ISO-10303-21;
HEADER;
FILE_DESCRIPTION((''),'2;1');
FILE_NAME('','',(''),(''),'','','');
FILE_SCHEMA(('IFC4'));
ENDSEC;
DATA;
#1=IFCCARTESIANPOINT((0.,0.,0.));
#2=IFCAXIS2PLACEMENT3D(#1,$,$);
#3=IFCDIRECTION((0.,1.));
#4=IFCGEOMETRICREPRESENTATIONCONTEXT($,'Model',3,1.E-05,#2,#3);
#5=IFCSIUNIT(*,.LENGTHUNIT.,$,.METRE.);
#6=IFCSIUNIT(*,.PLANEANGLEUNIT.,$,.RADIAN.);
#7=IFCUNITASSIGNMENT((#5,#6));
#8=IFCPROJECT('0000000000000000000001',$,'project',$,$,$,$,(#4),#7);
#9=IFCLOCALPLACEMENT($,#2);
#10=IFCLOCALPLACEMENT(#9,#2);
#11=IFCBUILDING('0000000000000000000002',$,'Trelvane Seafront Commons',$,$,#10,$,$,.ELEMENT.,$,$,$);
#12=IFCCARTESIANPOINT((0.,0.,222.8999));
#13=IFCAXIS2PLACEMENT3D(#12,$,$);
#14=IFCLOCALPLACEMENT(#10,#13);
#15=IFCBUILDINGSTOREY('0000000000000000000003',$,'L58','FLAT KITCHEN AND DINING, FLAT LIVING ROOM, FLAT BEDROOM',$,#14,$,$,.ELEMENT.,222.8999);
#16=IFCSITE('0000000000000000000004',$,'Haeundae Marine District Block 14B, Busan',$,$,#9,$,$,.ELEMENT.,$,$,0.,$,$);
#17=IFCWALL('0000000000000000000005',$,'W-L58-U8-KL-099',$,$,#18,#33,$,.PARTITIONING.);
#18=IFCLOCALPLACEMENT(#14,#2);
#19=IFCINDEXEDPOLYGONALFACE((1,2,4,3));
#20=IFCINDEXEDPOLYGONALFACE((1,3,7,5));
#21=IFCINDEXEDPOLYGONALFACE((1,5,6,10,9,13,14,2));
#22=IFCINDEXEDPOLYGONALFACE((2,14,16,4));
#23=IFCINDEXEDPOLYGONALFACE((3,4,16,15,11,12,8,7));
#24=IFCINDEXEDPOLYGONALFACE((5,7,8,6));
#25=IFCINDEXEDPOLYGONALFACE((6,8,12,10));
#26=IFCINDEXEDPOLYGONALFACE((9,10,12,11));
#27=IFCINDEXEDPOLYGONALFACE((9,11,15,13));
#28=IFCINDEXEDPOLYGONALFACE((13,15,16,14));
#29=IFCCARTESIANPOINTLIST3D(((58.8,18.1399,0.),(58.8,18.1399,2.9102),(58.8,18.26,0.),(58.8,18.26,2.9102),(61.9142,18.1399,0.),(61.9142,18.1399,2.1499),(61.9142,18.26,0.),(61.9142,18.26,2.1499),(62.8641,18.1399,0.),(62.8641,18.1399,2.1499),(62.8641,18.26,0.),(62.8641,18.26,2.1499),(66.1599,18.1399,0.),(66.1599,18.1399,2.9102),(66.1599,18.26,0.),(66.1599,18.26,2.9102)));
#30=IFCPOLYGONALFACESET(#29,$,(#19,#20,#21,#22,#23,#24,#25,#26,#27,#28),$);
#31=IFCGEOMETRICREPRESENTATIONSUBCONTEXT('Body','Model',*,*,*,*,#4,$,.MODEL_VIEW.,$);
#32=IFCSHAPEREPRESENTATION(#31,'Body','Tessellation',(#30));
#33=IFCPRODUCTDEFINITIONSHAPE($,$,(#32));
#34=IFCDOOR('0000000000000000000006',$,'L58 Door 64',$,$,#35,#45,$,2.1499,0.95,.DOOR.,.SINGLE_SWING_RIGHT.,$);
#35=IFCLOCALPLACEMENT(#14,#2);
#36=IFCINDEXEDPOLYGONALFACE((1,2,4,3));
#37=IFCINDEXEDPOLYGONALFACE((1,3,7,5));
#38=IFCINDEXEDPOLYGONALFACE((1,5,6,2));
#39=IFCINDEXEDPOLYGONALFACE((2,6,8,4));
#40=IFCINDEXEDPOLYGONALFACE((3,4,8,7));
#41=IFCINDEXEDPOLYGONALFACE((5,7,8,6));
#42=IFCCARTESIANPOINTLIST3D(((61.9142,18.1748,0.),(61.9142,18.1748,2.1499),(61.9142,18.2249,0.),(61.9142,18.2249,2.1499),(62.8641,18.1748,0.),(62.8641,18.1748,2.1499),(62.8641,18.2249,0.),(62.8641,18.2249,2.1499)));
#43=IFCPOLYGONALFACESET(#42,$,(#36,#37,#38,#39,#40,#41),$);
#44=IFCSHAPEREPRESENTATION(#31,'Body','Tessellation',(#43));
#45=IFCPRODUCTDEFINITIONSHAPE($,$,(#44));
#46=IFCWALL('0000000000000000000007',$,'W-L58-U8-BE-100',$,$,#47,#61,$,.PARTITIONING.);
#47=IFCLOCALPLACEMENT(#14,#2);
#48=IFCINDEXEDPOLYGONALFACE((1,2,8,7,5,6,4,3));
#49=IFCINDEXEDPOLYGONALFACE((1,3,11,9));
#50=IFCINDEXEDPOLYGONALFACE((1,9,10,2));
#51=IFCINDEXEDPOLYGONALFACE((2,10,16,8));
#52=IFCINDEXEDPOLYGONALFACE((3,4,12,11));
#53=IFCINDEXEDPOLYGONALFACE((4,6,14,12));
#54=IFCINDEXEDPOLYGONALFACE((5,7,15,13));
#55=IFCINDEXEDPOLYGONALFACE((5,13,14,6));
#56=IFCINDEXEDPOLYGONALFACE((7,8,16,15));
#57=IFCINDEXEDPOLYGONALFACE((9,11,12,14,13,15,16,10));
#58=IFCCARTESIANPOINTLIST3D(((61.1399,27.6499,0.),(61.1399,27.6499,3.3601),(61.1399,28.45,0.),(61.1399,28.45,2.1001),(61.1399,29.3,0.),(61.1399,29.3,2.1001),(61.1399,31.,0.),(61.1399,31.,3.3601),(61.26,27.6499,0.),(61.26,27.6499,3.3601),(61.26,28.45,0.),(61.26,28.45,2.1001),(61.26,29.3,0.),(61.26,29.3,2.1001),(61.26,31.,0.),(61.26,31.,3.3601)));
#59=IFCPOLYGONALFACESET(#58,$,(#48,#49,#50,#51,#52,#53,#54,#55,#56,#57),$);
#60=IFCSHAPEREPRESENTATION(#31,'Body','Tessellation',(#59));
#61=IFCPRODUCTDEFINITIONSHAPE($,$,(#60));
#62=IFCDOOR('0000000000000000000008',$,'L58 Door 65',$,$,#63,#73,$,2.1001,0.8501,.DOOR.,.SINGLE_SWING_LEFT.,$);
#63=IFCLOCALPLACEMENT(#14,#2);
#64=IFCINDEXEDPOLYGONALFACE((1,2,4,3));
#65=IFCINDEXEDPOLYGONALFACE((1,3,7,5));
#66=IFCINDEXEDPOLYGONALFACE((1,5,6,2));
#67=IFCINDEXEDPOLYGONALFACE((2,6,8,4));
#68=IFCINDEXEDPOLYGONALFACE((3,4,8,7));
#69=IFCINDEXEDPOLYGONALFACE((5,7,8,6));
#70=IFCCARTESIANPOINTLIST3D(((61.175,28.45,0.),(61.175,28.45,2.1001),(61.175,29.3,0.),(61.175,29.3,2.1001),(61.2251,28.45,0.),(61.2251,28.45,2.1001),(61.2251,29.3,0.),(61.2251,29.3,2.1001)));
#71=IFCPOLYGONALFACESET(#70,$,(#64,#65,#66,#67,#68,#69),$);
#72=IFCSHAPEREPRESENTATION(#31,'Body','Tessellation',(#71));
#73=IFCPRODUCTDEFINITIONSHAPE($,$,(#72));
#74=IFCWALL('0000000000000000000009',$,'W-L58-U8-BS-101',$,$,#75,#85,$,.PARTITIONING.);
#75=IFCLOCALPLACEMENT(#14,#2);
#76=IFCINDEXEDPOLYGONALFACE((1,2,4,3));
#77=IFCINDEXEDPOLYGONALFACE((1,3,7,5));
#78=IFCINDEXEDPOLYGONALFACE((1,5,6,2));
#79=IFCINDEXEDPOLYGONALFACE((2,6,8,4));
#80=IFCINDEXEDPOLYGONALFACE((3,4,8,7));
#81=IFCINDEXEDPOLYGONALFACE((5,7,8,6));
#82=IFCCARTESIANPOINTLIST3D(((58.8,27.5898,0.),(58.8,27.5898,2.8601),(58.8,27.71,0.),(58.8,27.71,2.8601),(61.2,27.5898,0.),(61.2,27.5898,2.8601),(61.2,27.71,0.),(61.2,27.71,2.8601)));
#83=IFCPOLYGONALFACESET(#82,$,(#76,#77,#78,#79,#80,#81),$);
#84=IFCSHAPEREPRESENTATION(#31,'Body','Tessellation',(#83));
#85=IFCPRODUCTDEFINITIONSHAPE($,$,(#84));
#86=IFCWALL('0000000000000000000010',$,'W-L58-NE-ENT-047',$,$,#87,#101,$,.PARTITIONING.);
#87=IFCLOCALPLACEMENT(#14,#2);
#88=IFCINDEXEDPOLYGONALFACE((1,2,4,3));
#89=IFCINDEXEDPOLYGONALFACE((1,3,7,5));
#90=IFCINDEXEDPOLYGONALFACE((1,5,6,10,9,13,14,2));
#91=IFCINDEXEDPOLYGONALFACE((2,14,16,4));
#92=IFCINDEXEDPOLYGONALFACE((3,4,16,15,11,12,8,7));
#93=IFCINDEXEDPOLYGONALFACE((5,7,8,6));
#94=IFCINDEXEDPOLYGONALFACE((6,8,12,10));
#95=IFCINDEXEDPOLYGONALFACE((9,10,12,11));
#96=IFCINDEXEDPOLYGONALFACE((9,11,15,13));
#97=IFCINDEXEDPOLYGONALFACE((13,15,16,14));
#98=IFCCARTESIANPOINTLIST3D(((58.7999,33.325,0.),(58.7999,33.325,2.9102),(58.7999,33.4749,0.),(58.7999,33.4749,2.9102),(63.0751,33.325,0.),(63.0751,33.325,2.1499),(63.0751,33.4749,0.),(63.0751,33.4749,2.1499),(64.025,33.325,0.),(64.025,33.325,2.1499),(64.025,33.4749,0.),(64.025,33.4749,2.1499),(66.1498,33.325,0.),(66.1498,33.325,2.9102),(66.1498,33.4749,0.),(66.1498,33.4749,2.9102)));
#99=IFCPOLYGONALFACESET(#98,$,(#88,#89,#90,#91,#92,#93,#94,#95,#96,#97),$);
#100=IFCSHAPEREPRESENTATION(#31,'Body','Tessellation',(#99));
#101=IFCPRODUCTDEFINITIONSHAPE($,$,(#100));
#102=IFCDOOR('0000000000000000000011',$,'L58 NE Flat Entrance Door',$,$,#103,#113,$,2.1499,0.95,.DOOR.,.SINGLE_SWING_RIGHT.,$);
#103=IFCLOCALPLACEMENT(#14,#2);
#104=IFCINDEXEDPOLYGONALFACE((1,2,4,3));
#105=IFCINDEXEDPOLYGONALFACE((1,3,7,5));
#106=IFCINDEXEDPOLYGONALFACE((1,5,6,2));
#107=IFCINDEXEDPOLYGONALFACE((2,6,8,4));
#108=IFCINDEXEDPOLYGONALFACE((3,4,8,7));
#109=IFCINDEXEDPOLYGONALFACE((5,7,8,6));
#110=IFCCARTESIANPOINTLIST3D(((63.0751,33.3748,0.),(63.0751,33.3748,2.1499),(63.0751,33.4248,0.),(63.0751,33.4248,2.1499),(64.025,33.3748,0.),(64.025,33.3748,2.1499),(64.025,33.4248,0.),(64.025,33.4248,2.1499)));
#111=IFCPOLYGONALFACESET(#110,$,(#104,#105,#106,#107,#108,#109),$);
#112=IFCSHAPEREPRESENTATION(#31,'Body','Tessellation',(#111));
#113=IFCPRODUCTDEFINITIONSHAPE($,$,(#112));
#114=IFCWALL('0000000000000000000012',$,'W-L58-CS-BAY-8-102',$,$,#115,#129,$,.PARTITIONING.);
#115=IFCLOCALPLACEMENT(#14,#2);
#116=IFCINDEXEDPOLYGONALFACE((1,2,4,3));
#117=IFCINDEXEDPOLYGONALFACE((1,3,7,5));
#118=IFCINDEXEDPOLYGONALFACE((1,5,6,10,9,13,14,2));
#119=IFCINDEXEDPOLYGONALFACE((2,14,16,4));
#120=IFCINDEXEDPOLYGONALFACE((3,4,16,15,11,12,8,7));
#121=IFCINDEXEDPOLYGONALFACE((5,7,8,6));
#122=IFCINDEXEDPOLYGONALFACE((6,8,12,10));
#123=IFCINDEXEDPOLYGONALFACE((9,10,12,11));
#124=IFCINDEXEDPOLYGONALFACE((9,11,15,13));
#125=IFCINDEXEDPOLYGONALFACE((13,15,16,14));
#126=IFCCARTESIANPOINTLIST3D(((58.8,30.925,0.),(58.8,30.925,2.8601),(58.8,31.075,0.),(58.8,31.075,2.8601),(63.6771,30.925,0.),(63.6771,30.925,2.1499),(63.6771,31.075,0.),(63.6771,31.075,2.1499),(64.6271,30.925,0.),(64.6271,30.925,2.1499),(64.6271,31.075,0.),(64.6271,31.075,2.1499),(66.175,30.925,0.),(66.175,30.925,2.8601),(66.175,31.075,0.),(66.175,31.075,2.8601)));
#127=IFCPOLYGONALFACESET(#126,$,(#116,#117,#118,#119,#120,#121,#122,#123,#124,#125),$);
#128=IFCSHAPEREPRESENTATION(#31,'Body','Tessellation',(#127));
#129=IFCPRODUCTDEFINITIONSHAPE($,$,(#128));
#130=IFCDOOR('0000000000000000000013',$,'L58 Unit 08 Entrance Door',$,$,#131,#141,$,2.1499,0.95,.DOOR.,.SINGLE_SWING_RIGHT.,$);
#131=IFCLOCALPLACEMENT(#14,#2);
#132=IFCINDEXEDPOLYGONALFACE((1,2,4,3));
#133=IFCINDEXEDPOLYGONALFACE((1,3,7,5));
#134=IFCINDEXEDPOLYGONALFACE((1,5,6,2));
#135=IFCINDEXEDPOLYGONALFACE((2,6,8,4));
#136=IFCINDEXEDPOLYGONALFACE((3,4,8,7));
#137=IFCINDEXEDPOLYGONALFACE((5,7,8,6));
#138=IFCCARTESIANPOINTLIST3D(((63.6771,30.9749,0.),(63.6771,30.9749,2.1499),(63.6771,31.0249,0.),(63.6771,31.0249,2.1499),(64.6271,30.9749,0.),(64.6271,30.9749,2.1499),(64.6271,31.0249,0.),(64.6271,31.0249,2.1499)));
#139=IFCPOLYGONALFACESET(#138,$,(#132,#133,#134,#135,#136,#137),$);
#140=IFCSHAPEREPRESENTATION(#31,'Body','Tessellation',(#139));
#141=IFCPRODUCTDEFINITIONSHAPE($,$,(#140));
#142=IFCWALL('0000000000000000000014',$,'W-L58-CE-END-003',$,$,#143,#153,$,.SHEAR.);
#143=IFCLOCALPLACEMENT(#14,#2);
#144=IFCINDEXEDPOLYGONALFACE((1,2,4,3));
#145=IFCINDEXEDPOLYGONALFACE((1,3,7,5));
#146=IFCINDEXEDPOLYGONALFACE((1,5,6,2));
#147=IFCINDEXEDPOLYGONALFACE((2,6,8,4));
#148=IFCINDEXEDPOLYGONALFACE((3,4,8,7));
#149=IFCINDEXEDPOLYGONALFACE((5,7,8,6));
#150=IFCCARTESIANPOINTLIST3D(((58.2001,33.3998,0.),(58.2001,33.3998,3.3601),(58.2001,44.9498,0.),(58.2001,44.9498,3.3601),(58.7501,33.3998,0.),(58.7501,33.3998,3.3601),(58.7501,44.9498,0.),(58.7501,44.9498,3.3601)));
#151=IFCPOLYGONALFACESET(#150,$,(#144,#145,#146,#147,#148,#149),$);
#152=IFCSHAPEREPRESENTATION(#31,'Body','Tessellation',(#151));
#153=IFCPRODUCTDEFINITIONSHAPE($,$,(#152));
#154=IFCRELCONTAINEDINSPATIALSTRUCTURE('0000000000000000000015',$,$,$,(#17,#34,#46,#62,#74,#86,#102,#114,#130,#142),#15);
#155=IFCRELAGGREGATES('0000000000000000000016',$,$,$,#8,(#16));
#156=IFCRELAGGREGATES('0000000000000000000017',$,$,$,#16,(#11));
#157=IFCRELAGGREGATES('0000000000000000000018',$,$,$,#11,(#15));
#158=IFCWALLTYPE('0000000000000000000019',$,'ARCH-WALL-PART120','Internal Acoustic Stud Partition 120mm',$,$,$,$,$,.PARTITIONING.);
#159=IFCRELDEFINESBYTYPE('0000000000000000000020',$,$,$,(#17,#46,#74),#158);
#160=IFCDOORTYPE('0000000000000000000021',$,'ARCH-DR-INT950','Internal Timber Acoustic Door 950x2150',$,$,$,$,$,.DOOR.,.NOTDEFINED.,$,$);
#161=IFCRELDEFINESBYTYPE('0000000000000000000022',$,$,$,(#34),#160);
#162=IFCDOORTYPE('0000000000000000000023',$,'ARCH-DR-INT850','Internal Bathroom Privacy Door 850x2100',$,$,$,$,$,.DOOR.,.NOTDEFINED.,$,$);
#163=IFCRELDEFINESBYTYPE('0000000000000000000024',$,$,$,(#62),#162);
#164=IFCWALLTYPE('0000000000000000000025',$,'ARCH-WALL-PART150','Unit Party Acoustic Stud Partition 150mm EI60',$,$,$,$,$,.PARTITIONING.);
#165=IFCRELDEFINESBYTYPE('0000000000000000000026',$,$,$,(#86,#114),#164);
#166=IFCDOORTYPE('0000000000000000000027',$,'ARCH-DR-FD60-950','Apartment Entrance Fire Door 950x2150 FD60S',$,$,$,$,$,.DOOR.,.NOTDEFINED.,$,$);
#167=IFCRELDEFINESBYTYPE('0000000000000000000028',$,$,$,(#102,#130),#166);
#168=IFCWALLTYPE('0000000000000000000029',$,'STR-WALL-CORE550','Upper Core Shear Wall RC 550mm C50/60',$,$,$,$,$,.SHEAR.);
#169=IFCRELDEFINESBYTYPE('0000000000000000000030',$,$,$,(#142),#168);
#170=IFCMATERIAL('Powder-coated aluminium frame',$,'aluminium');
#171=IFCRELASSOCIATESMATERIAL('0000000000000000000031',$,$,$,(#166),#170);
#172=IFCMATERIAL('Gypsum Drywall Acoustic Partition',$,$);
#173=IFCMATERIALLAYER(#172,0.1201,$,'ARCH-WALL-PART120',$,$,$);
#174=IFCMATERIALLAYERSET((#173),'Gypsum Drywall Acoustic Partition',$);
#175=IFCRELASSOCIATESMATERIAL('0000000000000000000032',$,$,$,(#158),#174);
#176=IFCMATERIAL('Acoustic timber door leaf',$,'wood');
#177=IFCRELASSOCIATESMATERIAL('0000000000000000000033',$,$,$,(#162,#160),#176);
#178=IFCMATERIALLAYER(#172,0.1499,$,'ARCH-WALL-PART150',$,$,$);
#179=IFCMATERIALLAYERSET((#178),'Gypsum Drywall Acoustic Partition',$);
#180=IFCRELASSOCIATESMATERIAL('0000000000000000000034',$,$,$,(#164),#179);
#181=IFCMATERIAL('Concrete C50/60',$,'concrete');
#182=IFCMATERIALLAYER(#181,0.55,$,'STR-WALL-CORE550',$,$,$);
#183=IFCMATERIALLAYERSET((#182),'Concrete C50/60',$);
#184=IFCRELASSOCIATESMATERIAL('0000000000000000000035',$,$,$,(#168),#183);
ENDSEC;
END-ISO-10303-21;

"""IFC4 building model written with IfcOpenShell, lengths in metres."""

from ifc_helpers import new_model, si_unit, direction, frame, frame_2d, origin, place, context, subcontext, project, spatial, rectangle, extrude, source, transform, mapped, material, layer, layer_set, type_object, element, fill, save


model = new_model("IFC4")

# Units and contexts
model_context = context("Model", 3, precision=1e-05, world=origin(), true_north=direction((0.0, 1.0)))
body_context = subcontext(model_context, "Body", "Model", "MODEL_VIEW")
ifc_project = project(units=[si_unit("LENGTHUNIT", "METRE"), si_unit("PLANEANGLEUNIT", "RADIAN")], contexts=[model_context])

# Site, building, storey
site_placement = place(None, origin())
site = spatial("IfcSite", under=ifc_project, at=site_placement, Name="Haeundae Marine District Block 14B, Busan", CompositionType="ELEMENT", RefElevation=0.0)
building_placement = place(site_placement, origin())
building = spatial("IfcBuilding", under=site, at=building_placement, Name="Trelvane Seafront Commons", CompositionType="ELEMENT")
storey_placement = place(building_placement, frame((0.0, 0.0, 222.8999)))
storey = spatial("IfcBuildingStorey", under=building, at=storey_placement, Name="L58", Description="FLAT KITCHEN AND DINING, FLAT LIVING ROOM, FLAT BEDROOM", CompositionType="ELEMENT", Elevation=222.8999)

# Shared definitions
ifc_material_1 = material(Name="Concrete C50/60", Category="concrete")

# Walls, openings, doors
ifc_material_2 = material(Name="Powder-coated aluminium frame", Category="aluminium")
door_type_1 = type_object("IfcDoorType", Name="ARCH-DR-FD60-950", Description="Apartment Entrance Fire Door 950x2150 FD60S", OperationType="NOTDEFINED", PredefinedType="DOOR", material=ifc_material_2)
shared_shape_1 = source(origin(), body_context, "Body", "SweptSolid", [
    extrude(rectangle(XDim=0.95, YDim=2.1499, at=frame_2d((0.4751, 1.075))), frame((0.0, 0.0249, 0.0), z_axis=(0.0, -1.0, 0.0), x_axis=(1.0, 0.0, 0.0)), (0.0, 0.0, 1.0), 0.05),
])
ifc_material_3 = material(Name="Gypsum Drywall Acoustic Partition")
ifc_layer_1 = layer(ifc_material_3, 0.1201, Name="ARCH-WALL-PART120")
ifc_layer_set_1 = layer_set([ifc_layer_1], Name="Gypsum Drywall Acoustic Partition")
wall_type_1 = type_object("IfcWallType", Name="ARCH-WALL-PART120", Description="Internal Acoustic Stud Partition 120mm", PredefinedType="PARTITIONING", material=ifc_layer_set_1)
ifc_material_4 = material(Name="Acoustic timber door leaf", Category="wood")
door_type_2 = type_object("IfcDoorType", Name="ARCH-DR-INT850", Description="Internal Bathroom Privacy Door 850x2100", OperationType="NOTDEFINED", PredefinedType="DOOR", material=ifc_material_4)
shared_shape_2 = source(origin(), body_context, "Body", "SweptSolid", [
    extrude(rectangle(XDim=0.8501, YDim=2.1001, at=frame_2d((0.425, 1.05))), frame((0.0, 0.0249, 0.0), z_axis=(0.0, -1.0, 0.0), x_axis=(1.0, 0.0, 0.0)), (0.0, 0.0, 1.0), 0.05),
])
wall_1_placement = place(storey_placement, frame((58.8, 18.2, 0.0), z_axis=(0.0, 0.0, 1.0), x_axis=(1.0, 0.0, 0.0)))
wall_1 = element("IfcWall", 1, at=wall_1_placement, inside=storey, type_object=wall_type_1, Name="W-L58-U8-KL-099", PredefinedType="PARTITIONING", context=body_context, shape_type="SweptSolid", body=[
    extrude(rectangle(XDim=7.3599, YDim=0.1201, at=frame_2d((3.6799, 0.0))), origin(), (0.0, 0.0, 1.0), 2.9102),
])
opening_1_placement = place(wall_1_placement, frame((3.114, 0.0, 0.0)))
opening_1 = element("IfcOpeningElement", 2, at=opening_1_placement, cuts=wall_1, PredefinedType="OPENING", context=body_context, shape_type="SweptSolid", body=[
    extrude(rectangle(XDim=0.95, YDim=2.1499, at=frame_2d((0.4751, 1.075))), frame((0.0, 0.0701, 0.0), z_axis=(0.0, -1.0, 0.0), x_axis=(1.0, 0.0, 0.0)), (0.0, 0.0, 1.0), 0.1401),
])
door_type_3 = type_object("IfcDoorType", Name="ARCH-DR-INT950", Description="Internal Timber Acoustic Door 950x2150", OperationType="NOTDEFINED", PredefinedType="DOOR", material=ifc_material_4)
door_1_placement = place(opening_1_placement, origin())
door_1 = element("IfcDoor", 3, at=door_1_placement, inside=storey, type_object=door_type_3, Name="L58 Door 64", OperationType="SINGLE_SWING_RIGHT", OverallHeight=2.1499, OverallWidth=0.95, PredefinedType="DOOR", context=body_context, shape_type="MappedRepresentation", body=[
    mapped(shared_shape_1, transform((0.0, 0.0, 0.0), x_axis=(1.0, 0.0, 0.0), y_axis=(0.0, 1.0, 0.0), z_axis=(0.0, 0.0, 1.0), scale=1.0)),
])
fill(opening_1, door_1)
wall_2_placement = place(storey_placement, frame((61.2, 27.6499, 0.0), z_axis=(0.0, 0.0, 1.0), x_axis=(0.0, 1.0, 0.0)))
wall_2 = element("IfcWall", 4, at=wall_2_placement, inside=storey, type_object=wall_type_1, Name="W-L58-U8-BE-100", PredefinedType="PARTITIONING", context=body_context, shape_type="SweptSolid", body=[
    extrude(rectangle(XDim=3.3501, YDim=0.1201, at=frame_2d((1.675, 0.0))), origin(), (0.0, 0.0, 1.0), 3.3601),
])
opening_2_placement = place(wall_2_placement, frame((0.8, 0.0, 0.0)))
opening_2 = element("IfcOpeningElement", 5, at=opening_2_placement, cuts=wall_2, PredefinedType="OPENING", context=body_context, shape_type="SweptSolid", body=[
    extrude(rectangle(XDim=0.8501, YDim=2.1001, at=frame_2d((0.425, 1.05))), frame((0.0, 0.0701, 0.0), z_axis=(0.0, -1.0, 0.0), x_axis=(1.0, 0.0, 0.0)), (0.0, 0.0, 1.0), 0.1401),
])
door_2_placement = place(opening_2_placement, origin())
door_2 = element("IfcDoor", 6, at=door_2_placement, inside=storey, type_object=door_type_2, Name="L58 Door 65", OperationType="SINGLE_SWING_LEFT", OverallHeight=2.1001, OverallWidth=0.8501, PredefinedType="DOOR", context=body_context, shape_type="MappedRepresentation", body=[
    mapped(shared_shape_2, transform((0.0, 0.0, 0.0), x_axis=(1.0, 0.0, 0.0), y_axis=(0.0, 1.0, 0.0), z_axis=(0.0, 0.0, 1.0), scale=1.0)),
])
fill(opening_2, door_2)

# Wall
wall_3_placement = place(storey_placement, frame((58.8, 27.6499, 0.0), z_axis=(0.0, 0.0, 1.0), x_axis=(1.0, 0.0, 0.0)))
element("IfcWall", 7, at=wall_3_placement, inside=storey, type_object=wall_type_1, Name="W-L58-U8-BS-101", PredefinedType="PARTITIONING", context=body_context, shape_type="SweptSolid", body=[
    extrude(rectangle(XDim=2.3999, YDim=0.1201, at=frame_2d((1.2, 0.0))), origin(), (0.0, 0.0, 1.0), 2.8601),
])

# Walls, openings, doors
ifc_layer_2 = layer(ifc_material_3, 0.1499, Name="ARCH-WALL-PART150")
ifc_layer_set_2 = layer_set([ifc_layer_2], Name="Gypsum Drywall Acoustic Partition")
wall_type_2 = type_object("IfcWallType", Name="ARCH-WALL-PART150", Description="Unit Party Acoustic Stud Partition 150mm EI60", PredefinedType="PARTITIONING", material=ifc_layer_set_2)
wall_4_placement = place(storey_placement, frame((58.8, 33.3999, 0.0), z_axis=(0.0, 0.0, 1.0), x_axis=(1.0, 0.0, 0.0)))
wall_4 = element("IfcWall", 8, at=wall_4_placement, inside=storey, type_object=wall_type_2, Name="W-L58-NE-ENT-047", PredefinedType="PARTITIONING", context=body_context, shape_type="SweptSolid", body=[
    extrude(rectangle(XDim=7.3499, YDim=0.1499, at=frame_2d((3.6748, 0.0))), origin(), (0.0, 0.0, 1.0), 2.9102),
])
opening_3_placement = place(wall_4_placement, frame((4.2749, 0.0, 0.0)))
opening_3 = element("IfcOpeningElement", 9, at=opening_3_placement, cuts=wall_4, PredefinedType="OPENING", context=body_context, shape_type="SweptSolid", body=[
    extrude(rectangle(XDim=0.95, YDim=2.1499, at=frame_2d((0.4751, 1.075))), frame((0.0, 0.085, 0.0), z_axis=(0.0, -1.0, 0.0), x_axis=(1.0, 0.0, 0.0)), (0.0, 0.0, 1.0), 0.1699),
])
door_3_placement = place(opening_3_placement, origin())
door_3 = element("IfcDoor", 10, at=door_3_placement, inside=storey, type_object=door_type_1, Name="L58 NE Flat Entrance Door", OperationType="SINGLE_SWING_RIGHT", OverallHeight=2.1499, OverallWidth=0.95, PredefinedType="DOOR", context=body_context, shape_type="MappedRepresentation", body=[
    mapped(shared_shape_1, transform((0.0, 0.0, 0.0), x_axis=(1.0, 0.0, 0.0), y_axis=(0.0, 1.0, 0.0), z_axis=(0.0, 0.0, 1.0), scale=1.0)),
])
fill(opening_3, door_3)
wall_5_placement = place(storey_placement, frame((58.8, 31.0, 0.0), z_axis=(0.0, 0.0, 1.0), x_axis=(1.0, 0.0, 0.0)))
wall_5 = element("IfcWall", 11, at=wall_5_placement, inside=storey, type_object=wall_type_2, Name="W-L58-CS-BAY-8-102", PredefinedType="PARTITIONING", context=body_context, shape_type="SweptSolid", body=[
    extrude(rectangle(XDim=7.375, YDim=0.1499, at=frame_2d((3.6875, 0.0))), origin(), (0.0, 0.0, 1.0), 2.8601),
])
opening_4_placement = place(wall_5_placement, frame((4.877, 0.0, 0.0)))
opening_4 = element("IfcOpeningElement", 12, at=opening_4_placement, cuts=wall_5, PredefinedType="OPENING", context=body_context, shape_type="SweptSolid", body=[
    extrude(rectangle(XDim=0.95, YDim=2.1499, at=frame_2d((0.4751, 1.075))), frame((0.0, 0.085, 0.0), z_axis=(0.0, -1.0, 0.0), x_axis=(1.0, 0.0, 0.0)), (0.0, 0.0, 1.0), 0.1699),
])
door_4_placement = place(opening_4_placement, origin())
door_4 = element("IfcDoor", 13, at=door_4_placement, inside=storey, type_object=door_type_1, Name="L58 Unit 08 Entrance Door", OperationType="SINGLE_SWING_RIGHT", OverallHeight=2.1499, OverallWidth=0.95, PredefinedType="DOOR", context=body_context, shape_type="MappedRepresentation", body=[
    mapped(shared_shape_1, transform((0.0, 0.0, 0.0), x_axis=(1.0, 0.0, 0.0), y_axis=(0.0, 1.0, 0.0), z_axis=(0.0, 0.0, 1.0), scale=1.0)),
])
fill(opening_4, door_4)

# Wall
ifc_layer_3 = layer(ifc_material_1, 0.55, Name="STR-WALL-CORE550")
ifc_layer_set_3 = layer_set([ifc_layer_3], Name="Concrete C50/60")
wall_type_3 = type_object("IfcWallType", Name="STR-WALL-CORE550", Description="Upper Core Shear Wall RC 550mm C50/60", PredefinedType="SHEAR", material=ifc_layer_set_3)
wall_6_placement = place(storey_placement, frame((58.4751, 33.3999, 0.0), z_axis=(0.0, 0.0, 1.0), x_axis=(0.0, 1.0, 0.0)))
element("IfcWall", 14, at=wall_6_placement, inside=storey, type_object=wall_type_3, Name="W-L58-CE-END-003", PredefinedType="SHEAR", context=body_context, shape_type="SweptSolid", body=[
    extrude(rectangle(XDim=11.55, YDim=0.55, at=frame_2d((5.7749, 0.0))), origin(), (0.0, 0.0, 1.0), 3.3601),
])

save(model, "model.ifc")
